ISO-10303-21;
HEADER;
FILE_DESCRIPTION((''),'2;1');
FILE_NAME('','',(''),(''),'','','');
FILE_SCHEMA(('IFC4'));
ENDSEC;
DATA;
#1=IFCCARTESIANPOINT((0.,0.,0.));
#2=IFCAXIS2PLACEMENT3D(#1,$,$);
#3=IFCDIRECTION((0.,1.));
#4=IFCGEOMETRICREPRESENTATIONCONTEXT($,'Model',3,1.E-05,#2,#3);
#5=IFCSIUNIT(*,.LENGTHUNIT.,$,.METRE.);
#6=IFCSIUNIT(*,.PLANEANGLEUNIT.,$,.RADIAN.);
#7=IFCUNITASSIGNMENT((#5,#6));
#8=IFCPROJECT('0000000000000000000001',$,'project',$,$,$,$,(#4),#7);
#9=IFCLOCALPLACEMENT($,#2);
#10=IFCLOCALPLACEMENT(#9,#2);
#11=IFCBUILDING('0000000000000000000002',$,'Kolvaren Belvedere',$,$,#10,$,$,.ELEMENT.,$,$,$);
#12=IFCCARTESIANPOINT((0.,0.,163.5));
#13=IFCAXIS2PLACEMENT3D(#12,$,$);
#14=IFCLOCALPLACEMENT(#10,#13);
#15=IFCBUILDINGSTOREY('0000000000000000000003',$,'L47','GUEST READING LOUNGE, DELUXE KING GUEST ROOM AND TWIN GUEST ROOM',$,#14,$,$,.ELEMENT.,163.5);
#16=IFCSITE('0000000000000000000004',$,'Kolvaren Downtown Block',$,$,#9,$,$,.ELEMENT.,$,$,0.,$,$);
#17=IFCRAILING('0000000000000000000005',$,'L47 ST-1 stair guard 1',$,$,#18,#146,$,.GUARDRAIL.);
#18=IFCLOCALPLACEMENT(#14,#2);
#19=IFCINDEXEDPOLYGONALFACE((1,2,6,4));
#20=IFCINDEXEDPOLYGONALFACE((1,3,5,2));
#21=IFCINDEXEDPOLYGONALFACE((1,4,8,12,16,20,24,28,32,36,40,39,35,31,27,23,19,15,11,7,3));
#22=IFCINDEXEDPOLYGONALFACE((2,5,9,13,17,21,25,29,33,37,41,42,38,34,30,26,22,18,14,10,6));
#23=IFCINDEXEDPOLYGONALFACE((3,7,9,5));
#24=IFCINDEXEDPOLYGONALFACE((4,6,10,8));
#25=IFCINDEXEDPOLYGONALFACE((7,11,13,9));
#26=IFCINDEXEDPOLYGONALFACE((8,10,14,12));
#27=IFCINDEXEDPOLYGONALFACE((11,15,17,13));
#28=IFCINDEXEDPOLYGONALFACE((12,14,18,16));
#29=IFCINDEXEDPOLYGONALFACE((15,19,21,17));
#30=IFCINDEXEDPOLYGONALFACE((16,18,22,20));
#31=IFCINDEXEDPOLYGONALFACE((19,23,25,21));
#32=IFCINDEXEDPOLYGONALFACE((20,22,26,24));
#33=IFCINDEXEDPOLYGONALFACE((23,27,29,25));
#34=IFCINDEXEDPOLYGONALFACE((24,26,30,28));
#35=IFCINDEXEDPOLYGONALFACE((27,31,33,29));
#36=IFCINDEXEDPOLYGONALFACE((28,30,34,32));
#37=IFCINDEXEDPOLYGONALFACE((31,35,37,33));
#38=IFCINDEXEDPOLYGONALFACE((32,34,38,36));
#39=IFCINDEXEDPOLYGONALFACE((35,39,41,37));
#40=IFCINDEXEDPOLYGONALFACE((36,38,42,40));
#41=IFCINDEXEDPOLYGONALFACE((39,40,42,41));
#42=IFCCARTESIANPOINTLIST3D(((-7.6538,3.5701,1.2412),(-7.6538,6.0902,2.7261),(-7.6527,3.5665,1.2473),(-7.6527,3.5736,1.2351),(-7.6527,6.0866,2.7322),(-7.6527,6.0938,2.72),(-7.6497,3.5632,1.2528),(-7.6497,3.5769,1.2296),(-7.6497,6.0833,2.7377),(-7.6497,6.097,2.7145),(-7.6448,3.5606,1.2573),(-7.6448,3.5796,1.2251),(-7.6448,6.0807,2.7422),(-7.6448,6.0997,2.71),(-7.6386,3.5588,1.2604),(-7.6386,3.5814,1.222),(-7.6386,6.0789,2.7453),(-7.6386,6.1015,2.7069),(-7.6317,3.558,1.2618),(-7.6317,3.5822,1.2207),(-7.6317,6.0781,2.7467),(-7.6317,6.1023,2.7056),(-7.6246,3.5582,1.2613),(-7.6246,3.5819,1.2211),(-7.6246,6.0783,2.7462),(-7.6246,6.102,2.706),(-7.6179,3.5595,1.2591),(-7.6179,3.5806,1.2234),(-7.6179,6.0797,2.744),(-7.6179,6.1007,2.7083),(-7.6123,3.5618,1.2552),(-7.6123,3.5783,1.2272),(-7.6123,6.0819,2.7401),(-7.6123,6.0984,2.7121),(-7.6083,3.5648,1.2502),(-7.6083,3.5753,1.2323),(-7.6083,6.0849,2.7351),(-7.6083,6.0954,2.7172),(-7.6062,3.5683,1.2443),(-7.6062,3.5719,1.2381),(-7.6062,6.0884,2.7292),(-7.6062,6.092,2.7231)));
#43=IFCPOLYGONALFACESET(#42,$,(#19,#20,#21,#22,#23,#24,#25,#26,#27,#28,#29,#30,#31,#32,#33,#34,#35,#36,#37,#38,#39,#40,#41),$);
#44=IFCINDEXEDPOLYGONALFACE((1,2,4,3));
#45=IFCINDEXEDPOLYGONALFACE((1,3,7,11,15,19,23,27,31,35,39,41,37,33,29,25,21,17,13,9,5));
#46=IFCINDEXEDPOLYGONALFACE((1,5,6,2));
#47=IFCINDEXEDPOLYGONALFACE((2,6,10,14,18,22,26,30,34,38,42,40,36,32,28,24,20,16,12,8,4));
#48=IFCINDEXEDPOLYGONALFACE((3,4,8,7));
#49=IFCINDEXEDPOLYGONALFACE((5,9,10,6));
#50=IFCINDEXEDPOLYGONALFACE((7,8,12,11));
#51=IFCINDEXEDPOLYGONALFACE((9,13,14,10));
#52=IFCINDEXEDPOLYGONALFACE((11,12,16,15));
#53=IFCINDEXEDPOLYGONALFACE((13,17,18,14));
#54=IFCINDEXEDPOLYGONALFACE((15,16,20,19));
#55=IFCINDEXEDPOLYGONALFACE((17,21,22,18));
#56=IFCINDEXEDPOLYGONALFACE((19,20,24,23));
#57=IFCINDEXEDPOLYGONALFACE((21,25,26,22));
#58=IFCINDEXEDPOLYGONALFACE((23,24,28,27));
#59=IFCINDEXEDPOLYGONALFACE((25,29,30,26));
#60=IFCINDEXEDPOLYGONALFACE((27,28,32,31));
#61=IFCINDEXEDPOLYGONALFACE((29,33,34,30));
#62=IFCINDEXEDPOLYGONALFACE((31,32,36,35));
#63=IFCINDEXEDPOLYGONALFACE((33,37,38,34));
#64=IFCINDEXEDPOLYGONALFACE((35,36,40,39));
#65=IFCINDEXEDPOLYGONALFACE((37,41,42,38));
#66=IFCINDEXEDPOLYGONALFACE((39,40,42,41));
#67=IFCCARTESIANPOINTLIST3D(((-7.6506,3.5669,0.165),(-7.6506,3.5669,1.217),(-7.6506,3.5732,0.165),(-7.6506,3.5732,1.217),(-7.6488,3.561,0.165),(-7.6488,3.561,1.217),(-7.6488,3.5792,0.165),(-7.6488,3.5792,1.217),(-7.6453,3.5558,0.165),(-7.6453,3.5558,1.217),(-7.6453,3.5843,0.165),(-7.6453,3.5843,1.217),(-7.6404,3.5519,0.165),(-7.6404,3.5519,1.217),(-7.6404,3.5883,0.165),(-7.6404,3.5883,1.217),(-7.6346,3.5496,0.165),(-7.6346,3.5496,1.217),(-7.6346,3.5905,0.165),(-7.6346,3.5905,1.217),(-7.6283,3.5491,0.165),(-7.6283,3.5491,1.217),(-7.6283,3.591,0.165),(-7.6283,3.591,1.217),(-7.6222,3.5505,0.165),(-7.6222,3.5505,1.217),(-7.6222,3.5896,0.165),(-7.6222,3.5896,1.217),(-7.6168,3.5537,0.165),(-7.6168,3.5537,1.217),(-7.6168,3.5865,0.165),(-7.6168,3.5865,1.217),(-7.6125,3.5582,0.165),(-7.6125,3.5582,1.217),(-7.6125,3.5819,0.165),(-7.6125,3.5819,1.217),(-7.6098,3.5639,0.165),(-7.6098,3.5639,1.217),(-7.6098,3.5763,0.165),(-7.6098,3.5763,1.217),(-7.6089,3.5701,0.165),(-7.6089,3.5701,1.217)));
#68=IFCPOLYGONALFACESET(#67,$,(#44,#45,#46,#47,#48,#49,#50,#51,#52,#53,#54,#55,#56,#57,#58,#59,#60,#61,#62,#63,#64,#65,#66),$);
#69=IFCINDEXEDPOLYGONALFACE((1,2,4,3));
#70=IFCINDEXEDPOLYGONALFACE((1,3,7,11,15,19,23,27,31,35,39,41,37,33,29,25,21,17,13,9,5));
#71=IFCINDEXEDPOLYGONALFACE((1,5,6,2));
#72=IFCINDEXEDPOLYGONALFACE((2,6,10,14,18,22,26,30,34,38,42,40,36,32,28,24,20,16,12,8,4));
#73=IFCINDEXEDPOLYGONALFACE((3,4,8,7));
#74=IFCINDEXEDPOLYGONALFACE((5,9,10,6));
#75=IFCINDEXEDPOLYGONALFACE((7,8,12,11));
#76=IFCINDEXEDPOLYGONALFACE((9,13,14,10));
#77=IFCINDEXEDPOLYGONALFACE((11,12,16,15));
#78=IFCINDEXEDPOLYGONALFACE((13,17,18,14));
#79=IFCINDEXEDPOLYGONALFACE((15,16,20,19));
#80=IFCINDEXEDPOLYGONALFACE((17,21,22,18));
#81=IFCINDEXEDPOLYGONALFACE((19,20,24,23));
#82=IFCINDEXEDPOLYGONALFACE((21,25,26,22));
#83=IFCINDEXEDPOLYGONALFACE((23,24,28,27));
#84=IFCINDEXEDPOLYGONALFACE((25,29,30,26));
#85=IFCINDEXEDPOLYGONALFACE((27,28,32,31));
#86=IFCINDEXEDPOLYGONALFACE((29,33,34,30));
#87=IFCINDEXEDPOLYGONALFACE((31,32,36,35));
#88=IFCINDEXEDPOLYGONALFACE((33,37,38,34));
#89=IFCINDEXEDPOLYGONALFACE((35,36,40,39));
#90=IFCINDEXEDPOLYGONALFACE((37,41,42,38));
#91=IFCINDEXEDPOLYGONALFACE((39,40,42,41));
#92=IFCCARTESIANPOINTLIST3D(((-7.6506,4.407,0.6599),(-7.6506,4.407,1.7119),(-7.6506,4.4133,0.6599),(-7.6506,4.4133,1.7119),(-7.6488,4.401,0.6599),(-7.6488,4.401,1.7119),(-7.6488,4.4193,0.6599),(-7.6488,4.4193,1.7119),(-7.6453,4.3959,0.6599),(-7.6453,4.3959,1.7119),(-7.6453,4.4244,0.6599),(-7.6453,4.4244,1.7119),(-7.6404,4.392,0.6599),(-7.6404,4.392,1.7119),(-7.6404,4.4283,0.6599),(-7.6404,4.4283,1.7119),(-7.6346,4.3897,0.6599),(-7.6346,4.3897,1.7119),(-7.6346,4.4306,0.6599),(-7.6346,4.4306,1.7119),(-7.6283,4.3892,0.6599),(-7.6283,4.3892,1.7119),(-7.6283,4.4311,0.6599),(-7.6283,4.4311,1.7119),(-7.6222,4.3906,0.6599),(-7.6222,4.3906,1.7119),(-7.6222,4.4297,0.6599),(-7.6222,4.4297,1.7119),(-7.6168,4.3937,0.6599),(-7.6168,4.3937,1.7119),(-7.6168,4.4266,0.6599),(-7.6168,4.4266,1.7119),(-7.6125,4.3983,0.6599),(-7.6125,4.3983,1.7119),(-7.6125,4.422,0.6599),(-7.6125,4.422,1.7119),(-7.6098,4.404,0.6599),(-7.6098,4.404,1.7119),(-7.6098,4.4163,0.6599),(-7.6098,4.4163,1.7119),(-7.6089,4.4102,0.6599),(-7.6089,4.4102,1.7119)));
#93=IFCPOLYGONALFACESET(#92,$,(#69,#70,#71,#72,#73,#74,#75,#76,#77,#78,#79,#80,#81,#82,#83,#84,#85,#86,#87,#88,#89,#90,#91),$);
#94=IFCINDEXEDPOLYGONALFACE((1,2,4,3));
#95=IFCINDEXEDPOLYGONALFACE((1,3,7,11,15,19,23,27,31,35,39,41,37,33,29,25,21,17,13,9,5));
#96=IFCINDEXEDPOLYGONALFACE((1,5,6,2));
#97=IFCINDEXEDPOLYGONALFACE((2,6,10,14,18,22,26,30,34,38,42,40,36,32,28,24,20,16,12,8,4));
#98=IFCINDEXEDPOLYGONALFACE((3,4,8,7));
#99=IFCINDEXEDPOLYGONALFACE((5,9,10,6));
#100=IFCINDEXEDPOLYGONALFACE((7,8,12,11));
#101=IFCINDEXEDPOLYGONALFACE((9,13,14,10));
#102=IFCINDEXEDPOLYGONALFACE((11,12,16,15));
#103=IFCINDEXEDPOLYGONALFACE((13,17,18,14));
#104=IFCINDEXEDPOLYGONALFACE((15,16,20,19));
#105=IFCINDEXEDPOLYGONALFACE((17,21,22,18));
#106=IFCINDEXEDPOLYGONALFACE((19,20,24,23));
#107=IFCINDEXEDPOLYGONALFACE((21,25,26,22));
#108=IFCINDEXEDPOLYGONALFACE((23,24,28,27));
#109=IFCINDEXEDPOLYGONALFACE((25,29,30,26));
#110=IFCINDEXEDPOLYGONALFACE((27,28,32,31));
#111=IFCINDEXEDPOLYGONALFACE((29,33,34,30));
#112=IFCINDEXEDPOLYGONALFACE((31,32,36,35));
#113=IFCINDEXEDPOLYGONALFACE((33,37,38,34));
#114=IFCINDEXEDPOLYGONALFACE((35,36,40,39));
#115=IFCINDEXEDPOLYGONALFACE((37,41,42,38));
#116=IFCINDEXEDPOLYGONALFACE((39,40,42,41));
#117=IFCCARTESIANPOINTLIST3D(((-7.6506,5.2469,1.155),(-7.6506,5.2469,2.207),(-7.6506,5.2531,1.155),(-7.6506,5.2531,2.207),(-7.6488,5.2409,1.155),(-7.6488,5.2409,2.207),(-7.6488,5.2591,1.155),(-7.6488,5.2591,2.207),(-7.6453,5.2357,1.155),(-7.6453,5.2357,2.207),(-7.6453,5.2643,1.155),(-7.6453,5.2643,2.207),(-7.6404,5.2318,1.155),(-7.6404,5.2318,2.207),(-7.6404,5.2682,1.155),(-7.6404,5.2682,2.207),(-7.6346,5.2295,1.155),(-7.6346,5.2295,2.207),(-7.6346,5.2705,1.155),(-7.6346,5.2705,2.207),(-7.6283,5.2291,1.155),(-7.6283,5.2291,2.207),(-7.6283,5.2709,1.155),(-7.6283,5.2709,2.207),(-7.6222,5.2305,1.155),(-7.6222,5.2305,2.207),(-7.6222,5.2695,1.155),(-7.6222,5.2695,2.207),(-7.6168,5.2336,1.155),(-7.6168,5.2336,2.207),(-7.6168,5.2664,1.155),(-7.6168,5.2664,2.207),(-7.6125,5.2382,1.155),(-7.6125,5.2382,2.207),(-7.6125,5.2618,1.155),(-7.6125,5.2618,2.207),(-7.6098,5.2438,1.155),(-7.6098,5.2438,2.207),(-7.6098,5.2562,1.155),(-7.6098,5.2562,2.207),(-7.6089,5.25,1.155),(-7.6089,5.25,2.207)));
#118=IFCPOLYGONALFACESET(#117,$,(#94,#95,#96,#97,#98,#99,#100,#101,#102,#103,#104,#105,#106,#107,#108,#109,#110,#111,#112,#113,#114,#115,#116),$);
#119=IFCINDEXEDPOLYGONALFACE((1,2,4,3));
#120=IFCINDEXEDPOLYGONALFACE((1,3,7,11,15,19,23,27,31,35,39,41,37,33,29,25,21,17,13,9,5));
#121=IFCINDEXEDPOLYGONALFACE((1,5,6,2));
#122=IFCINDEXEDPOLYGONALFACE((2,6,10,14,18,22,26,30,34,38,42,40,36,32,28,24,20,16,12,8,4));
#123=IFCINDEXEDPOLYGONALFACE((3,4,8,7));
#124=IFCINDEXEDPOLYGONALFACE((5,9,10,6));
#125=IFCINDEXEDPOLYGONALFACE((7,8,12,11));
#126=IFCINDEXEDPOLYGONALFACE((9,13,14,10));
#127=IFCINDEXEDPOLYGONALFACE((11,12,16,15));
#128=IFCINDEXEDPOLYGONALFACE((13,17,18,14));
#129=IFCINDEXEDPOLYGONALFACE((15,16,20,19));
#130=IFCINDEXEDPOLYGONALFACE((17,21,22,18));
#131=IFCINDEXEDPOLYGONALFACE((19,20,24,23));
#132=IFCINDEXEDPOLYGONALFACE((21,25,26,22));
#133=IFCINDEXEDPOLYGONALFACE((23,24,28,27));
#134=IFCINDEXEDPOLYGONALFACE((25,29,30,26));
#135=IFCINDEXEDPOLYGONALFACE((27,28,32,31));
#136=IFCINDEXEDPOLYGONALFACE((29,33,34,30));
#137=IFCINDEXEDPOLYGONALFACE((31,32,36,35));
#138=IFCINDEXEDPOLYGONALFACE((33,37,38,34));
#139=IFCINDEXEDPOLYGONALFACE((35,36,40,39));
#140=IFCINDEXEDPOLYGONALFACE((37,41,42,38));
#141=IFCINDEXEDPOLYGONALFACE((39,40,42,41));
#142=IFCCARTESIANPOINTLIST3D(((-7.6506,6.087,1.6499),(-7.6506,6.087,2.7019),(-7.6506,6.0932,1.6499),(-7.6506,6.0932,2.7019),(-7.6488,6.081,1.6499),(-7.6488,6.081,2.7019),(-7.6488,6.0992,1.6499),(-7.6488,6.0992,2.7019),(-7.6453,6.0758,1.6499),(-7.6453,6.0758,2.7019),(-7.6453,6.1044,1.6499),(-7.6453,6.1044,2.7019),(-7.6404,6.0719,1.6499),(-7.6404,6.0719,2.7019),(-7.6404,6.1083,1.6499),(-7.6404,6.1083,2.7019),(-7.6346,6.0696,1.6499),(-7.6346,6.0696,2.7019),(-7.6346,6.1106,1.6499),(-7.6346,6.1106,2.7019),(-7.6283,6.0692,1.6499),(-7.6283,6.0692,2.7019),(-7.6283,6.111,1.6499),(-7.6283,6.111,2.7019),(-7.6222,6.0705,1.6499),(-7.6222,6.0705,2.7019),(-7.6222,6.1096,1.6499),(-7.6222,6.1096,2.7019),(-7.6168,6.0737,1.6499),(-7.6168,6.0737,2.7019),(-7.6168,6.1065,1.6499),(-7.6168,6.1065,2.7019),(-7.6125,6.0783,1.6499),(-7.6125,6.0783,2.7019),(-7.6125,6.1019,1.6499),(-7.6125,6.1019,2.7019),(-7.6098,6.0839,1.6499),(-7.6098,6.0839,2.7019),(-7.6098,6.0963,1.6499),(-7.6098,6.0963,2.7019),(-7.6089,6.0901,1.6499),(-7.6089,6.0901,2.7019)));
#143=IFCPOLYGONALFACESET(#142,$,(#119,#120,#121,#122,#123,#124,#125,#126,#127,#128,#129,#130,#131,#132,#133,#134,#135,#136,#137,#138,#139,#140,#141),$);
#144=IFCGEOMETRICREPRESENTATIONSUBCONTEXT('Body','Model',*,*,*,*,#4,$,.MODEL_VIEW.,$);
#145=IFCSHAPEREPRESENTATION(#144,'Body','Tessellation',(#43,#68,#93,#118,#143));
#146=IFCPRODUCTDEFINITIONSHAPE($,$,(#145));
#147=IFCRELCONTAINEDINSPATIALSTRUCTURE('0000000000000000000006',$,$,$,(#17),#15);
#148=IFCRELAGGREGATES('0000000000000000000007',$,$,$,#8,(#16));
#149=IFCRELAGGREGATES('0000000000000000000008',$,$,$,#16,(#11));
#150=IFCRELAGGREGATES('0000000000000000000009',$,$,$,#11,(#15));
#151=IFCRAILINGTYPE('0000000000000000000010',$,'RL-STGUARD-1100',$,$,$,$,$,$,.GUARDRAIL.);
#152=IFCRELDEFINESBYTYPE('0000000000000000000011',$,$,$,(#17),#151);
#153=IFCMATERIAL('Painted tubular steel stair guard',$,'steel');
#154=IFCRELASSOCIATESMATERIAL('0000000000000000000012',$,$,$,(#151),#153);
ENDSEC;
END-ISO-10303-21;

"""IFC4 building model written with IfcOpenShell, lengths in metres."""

from ifc_helpers import new_model, si_unit, direction, frame, origin, origin_2d, place, context, subcontext, project, spatial, circle, extrude, material, type_object, element, save


model = new_model("IFC4")

# Units and contexts
model_context = context("Model", 3, precision=1e-05, world=origin(), true_north=direction((0.0, 1.0)))
body_context = subcontext(model_context, "Body", "Model", "MODEL_VIEW")
ifc_project = project(units=[si_unit("LENGTHUNIT", "METRE"), si_unit("PLANEANGLEUNIT", "RADIAN")], contexts=[model_context])

# Site, building, storey
site_placement = place(None, origin())
site = spatial("IfcSite", under=ifc_project, at=site_placement, Name="Kolvaren Downtown Block", CompositionType="ELEMENT", RefElevation=0.0)
building_placement = place(site_placement, origin())
building = spatial("IfcBuilding", under=site, at=building_placement, Name="Kolvaren Belvedere", CompositionType="ELEMENT")
storey_placement = place(building_placement, frame((0.0, 0.0, 163.5)))
storey = spatial("IfcBuildingStorey", under=building, at=storey_placement, Name="L47", Description="GUEST READING LOUNGE, DELUXE KING GUEST ROOM AND TWIN GUEST ROOM", CompositionType="ELEMENT", Elevation=163.5)

# Railing
ifc_material_1 = material(Name="Painted tubular steel stair guard", Category="steel")
railing_type_1 = type_object("IfcRailingType", Name="RL-STGUARD-1100", PredefinedType="GUARDRAIL", material=ifc_material_1)
railing_1_placement = place(storey_placement, frame((-7.6299, 3.5701, 0.165)))
element("IfcRailing", 1, at=railing_1_placement, inside=storey, type_object=railing_type_1, Name="L47 ST-1 stair guard 1", PredefinedType="GUARDRAIL", context=body_context, shape_type="SweptSolid", body=[
    extrude(circle(Radius=0.0239, at=origin_2d()), frame((0.0, 0.0, 1.0762), z_axis=(0.0, 0.861561, 0.507655), x_axis=(-1.0, 0.0, 0.0)), (0.0, 0.0, 1.0), 2.925),
    extrude(circle(Radius=0.021, at=origin_2d()), origin(), (0.0, 0.0, 1.0), 1.052),
    extrude(circle(Radius=0.021, at=origin_2d()), frame((0.0, 0.8401, 0.4949)), (0.0, 0.0, 1.0), 1.052),
    extrude(circle(Radius=0.021, at=origin_2d()), frame((0.0, 1.6799, 0.99)), (0.0, 0.0, 1.0), 1.052),
    extrude(circle(Radius=0.021, at=origin_2d()), frame((0.0, 2.52, 1.4849)), (0.0, 0.0, 1.0), 1.052),
])

save(model, "model.ifc")
